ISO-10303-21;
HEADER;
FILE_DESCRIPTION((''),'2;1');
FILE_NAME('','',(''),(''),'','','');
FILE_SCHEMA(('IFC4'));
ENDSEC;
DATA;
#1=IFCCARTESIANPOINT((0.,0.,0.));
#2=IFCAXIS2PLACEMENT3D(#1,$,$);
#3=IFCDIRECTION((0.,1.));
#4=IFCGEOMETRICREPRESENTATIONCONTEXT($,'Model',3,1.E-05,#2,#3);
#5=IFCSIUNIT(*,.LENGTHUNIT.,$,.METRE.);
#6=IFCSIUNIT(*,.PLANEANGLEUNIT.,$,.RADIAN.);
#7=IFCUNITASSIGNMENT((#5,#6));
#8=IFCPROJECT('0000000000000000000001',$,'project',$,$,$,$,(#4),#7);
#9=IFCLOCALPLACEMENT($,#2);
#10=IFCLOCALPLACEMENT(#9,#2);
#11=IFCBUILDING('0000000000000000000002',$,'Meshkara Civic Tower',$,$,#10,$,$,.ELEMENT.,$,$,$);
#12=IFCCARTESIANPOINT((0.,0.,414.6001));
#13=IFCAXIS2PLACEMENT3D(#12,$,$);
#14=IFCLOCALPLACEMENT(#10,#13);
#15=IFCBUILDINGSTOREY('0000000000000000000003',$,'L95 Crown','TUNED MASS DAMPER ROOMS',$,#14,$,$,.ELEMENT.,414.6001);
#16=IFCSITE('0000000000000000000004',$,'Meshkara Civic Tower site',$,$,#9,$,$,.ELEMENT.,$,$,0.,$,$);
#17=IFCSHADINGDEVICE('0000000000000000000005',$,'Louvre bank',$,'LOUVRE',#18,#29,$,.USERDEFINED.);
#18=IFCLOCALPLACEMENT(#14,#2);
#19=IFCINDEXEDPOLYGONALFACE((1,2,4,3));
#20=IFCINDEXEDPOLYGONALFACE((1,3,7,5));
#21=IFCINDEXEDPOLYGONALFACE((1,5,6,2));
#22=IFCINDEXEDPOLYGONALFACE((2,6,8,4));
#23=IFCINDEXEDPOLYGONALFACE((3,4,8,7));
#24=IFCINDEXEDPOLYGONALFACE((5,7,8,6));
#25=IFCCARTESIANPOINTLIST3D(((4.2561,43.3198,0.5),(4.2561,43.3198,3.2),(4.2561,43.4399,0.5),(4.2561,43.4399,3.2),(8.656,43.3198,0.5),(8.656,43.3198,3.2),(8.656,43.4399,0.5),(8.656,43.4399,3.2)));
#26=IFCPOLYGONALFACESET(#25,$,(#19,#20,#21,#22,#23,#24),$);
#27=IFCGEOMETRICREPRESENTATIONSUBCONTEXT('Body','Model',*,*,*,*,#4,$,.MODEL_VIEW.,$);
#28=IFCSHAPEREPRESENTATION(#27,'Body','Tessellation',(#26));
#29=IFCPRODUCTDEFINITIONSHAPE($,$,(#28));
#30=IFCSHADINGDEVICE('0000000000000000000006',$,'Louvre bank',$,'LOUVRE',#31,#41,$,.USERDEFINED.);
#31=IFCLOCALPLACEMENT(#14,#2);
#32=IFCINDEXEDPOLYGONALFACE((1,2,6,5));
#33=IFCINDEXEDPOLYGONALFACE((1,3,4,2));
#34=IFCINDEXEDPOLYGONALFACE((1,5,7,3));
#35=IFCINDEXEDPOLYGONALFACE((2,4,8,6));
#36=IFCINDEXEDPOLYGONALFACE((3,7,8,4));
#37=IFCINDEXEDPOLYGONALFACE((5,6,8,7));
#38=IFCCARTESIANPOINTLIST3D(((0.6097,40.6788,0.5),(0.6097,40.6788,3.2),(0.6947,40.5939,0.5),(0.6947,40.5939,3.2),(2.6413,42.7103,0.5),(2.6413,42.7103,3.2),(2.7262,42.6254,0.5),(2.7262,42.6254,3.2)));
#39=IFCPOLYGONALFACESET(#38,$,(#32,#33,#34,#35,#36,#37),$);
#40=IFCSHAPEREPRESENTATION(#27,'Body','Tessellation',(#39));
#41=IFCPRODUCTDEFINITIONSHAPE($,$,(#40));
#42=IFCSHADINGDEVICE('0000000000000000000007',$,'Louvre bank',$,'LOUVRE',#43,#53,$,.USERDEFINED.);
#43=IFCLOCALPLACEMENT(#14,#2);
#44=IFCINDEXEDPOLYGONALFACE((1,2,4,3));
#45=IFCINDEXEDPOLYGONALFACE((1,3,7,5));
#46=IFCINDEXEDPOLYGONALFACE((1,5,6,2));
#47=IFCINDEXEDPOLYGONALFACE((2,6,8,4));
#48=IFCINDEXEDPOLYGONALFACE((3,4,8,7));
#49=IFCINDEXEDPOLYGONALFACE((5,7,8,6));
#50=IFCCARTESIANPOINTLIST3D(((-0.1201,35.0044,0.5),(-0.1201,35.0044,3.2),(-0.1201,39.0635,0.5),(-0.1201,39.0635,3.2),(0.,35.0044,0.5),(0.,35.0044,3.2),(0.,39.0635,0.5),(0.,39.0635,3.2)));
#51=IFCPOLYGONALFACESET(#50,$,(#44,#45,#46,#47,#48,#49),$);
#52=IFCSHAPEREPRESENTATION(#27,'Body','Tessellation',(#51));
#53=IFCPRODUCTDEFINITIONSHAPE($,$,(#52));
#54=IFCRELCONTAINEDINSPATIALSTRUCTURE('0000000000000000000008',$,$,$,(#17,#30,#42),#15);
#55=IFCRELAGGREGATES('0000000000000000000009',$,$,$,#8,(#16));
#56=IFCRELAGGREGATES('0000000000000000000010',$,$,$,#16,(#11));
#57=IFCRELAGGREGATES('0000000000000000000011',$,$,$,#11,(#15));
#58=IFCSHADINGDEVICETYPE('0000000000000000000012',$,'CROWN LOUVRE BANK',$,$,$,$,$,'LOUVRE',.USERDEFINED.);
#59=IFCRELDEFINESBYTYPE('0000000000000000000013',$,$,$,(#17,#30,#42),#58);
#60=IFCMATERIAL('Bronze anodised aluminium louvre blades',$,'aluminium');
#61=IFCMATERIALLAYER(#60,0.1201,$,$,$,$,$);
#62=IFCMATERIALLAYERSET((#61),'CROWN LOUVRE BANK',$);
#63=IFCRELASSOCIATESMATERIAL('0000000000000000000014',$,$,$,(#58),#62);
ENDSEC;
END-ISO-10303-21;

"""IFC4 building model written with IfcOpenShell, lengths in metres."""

from ifc_helpers import new_model, si_unit, direction, frame, origin, origin_2d, place, context, subcontext, project, spatial, rectangle, extrude, material, layer, layer_set, type_object, element, save


model = new_model("IFC4")

# Units and contexts
model_context = context("Model", 3, precision=1e-05, world=origin(), true_north=direction((0.0, 1.0)))
body_context = subcontext(model_context, "Body", "Model", "MODEL_VIEW")
ifc_project = project(units=[si_unit("LENGTHUNIT", "METRE"), si_unit("PLANEANGLEUNIT", "RADIAN")], contexts=[model_context])

# Site, building, storey
site_placement = place(None, origin())
site = spatial("IfcSite", under=ifc_project, at=site_placement, Name="Meshkara Civic Tower site", CompositionType="ELEMENT", RefElevation=0.0)
building_placement = place(site_placement, origin())
building = spatial("IfcBuilding", under=site, at=building_placement, Name="Meshkara Civic Tower", CompositionType="ELEMENT")
storey_placement = place(building_placement, frame((0.0, 0.0, 414.6001)))
storey = spatial("IfcBuildingStorey", under=building, at=storey_placement, Name="L95 Crown", Description="TUNED MASS DAMPER ROOMS", CompositionType="ELEMENT", Elevation=414.6001)

# Shading devices
ifc_material_1 = material(Name="Bronze anodised aluminium louvre blades", Category="aluminium")
ifc_layer_1 = layer(ifc_material_1, 0.1201)
ifc_layer_set_1 = layer_set([ifc_layer_1], Name="CROWN LOUVRE BANK")
shading_device_type = type_object("IfcShadingDeviceType", Name="CROWN LOUVRE BANK", ElementType="LOUVRE", PredefinedType="USERDEFINED", material=ifc_layer_set_1)
shading_device_1_placement = place(storey_placement, frame((6.4561, 43.3799, 0.5), z_axis=(0.0, 0.0, 1.0), x_axis=(-1.0, 0.0, 0.0)))
element("IfcShadingDevice", 1, at=shading_device_1_placement, inside=storey, type_object=shading_device_type, Name="Louvre bank", ObjectType="LOUVRE", PredefinedType="USERDEFINED", context=body_context, shape_type="SweptSolid", body=[
    extrude(rectangle(XDim=4.3999, YDim=0.1201, at=origin_2d()), origin(), (0.0, 0.0, 1.0), 2.7),
])
shading_device_2_placement = place(storey_placement, frame((1.668, 41.6521, 0.5), z_axis=(0.0, 0.0, 1.0), x_axis=(-0.707107, -0.707107, 0.0)))
element("IfcShadingDevice", 2, at=shading_device_2_placement, inside=storey, type_object=shading_device_type, Name="Louvre bank", ObjectType="LOUVRE", PredefinedType="USERDEFINED", context=body_context, shape_type="SweptSolid", body=[
    extrude(rectangle(XDim=2.873, YDim=0.1201, at=origin_2d()), origin(), (0.0, 0.0, 1.0), 2.7),
])
shading_device_3_placement = place(storey_placement, frame((-0.0601, 37.0339, 0.5), z_axis=(0.0, 0.0, 1.0), x_axis=(0.0, -1.0, 0.0)))
element("IfcShadingDevice", 3, at=shading_device_3_placement, inside=storey, type_object=shading_device_type, Name="Louvre bank", ObjectType="LOUVRE", PredefinedType="USERDEFINED", context=body_context, shape_type="SweptSolid", body=[
    extrude(rectangle(XDim=4.0591, YDim=0.1201, at=origin_2d()), origin(), (0.0, 0.0, 1.0), 2.7),
])

save(model, "model.ifc")
